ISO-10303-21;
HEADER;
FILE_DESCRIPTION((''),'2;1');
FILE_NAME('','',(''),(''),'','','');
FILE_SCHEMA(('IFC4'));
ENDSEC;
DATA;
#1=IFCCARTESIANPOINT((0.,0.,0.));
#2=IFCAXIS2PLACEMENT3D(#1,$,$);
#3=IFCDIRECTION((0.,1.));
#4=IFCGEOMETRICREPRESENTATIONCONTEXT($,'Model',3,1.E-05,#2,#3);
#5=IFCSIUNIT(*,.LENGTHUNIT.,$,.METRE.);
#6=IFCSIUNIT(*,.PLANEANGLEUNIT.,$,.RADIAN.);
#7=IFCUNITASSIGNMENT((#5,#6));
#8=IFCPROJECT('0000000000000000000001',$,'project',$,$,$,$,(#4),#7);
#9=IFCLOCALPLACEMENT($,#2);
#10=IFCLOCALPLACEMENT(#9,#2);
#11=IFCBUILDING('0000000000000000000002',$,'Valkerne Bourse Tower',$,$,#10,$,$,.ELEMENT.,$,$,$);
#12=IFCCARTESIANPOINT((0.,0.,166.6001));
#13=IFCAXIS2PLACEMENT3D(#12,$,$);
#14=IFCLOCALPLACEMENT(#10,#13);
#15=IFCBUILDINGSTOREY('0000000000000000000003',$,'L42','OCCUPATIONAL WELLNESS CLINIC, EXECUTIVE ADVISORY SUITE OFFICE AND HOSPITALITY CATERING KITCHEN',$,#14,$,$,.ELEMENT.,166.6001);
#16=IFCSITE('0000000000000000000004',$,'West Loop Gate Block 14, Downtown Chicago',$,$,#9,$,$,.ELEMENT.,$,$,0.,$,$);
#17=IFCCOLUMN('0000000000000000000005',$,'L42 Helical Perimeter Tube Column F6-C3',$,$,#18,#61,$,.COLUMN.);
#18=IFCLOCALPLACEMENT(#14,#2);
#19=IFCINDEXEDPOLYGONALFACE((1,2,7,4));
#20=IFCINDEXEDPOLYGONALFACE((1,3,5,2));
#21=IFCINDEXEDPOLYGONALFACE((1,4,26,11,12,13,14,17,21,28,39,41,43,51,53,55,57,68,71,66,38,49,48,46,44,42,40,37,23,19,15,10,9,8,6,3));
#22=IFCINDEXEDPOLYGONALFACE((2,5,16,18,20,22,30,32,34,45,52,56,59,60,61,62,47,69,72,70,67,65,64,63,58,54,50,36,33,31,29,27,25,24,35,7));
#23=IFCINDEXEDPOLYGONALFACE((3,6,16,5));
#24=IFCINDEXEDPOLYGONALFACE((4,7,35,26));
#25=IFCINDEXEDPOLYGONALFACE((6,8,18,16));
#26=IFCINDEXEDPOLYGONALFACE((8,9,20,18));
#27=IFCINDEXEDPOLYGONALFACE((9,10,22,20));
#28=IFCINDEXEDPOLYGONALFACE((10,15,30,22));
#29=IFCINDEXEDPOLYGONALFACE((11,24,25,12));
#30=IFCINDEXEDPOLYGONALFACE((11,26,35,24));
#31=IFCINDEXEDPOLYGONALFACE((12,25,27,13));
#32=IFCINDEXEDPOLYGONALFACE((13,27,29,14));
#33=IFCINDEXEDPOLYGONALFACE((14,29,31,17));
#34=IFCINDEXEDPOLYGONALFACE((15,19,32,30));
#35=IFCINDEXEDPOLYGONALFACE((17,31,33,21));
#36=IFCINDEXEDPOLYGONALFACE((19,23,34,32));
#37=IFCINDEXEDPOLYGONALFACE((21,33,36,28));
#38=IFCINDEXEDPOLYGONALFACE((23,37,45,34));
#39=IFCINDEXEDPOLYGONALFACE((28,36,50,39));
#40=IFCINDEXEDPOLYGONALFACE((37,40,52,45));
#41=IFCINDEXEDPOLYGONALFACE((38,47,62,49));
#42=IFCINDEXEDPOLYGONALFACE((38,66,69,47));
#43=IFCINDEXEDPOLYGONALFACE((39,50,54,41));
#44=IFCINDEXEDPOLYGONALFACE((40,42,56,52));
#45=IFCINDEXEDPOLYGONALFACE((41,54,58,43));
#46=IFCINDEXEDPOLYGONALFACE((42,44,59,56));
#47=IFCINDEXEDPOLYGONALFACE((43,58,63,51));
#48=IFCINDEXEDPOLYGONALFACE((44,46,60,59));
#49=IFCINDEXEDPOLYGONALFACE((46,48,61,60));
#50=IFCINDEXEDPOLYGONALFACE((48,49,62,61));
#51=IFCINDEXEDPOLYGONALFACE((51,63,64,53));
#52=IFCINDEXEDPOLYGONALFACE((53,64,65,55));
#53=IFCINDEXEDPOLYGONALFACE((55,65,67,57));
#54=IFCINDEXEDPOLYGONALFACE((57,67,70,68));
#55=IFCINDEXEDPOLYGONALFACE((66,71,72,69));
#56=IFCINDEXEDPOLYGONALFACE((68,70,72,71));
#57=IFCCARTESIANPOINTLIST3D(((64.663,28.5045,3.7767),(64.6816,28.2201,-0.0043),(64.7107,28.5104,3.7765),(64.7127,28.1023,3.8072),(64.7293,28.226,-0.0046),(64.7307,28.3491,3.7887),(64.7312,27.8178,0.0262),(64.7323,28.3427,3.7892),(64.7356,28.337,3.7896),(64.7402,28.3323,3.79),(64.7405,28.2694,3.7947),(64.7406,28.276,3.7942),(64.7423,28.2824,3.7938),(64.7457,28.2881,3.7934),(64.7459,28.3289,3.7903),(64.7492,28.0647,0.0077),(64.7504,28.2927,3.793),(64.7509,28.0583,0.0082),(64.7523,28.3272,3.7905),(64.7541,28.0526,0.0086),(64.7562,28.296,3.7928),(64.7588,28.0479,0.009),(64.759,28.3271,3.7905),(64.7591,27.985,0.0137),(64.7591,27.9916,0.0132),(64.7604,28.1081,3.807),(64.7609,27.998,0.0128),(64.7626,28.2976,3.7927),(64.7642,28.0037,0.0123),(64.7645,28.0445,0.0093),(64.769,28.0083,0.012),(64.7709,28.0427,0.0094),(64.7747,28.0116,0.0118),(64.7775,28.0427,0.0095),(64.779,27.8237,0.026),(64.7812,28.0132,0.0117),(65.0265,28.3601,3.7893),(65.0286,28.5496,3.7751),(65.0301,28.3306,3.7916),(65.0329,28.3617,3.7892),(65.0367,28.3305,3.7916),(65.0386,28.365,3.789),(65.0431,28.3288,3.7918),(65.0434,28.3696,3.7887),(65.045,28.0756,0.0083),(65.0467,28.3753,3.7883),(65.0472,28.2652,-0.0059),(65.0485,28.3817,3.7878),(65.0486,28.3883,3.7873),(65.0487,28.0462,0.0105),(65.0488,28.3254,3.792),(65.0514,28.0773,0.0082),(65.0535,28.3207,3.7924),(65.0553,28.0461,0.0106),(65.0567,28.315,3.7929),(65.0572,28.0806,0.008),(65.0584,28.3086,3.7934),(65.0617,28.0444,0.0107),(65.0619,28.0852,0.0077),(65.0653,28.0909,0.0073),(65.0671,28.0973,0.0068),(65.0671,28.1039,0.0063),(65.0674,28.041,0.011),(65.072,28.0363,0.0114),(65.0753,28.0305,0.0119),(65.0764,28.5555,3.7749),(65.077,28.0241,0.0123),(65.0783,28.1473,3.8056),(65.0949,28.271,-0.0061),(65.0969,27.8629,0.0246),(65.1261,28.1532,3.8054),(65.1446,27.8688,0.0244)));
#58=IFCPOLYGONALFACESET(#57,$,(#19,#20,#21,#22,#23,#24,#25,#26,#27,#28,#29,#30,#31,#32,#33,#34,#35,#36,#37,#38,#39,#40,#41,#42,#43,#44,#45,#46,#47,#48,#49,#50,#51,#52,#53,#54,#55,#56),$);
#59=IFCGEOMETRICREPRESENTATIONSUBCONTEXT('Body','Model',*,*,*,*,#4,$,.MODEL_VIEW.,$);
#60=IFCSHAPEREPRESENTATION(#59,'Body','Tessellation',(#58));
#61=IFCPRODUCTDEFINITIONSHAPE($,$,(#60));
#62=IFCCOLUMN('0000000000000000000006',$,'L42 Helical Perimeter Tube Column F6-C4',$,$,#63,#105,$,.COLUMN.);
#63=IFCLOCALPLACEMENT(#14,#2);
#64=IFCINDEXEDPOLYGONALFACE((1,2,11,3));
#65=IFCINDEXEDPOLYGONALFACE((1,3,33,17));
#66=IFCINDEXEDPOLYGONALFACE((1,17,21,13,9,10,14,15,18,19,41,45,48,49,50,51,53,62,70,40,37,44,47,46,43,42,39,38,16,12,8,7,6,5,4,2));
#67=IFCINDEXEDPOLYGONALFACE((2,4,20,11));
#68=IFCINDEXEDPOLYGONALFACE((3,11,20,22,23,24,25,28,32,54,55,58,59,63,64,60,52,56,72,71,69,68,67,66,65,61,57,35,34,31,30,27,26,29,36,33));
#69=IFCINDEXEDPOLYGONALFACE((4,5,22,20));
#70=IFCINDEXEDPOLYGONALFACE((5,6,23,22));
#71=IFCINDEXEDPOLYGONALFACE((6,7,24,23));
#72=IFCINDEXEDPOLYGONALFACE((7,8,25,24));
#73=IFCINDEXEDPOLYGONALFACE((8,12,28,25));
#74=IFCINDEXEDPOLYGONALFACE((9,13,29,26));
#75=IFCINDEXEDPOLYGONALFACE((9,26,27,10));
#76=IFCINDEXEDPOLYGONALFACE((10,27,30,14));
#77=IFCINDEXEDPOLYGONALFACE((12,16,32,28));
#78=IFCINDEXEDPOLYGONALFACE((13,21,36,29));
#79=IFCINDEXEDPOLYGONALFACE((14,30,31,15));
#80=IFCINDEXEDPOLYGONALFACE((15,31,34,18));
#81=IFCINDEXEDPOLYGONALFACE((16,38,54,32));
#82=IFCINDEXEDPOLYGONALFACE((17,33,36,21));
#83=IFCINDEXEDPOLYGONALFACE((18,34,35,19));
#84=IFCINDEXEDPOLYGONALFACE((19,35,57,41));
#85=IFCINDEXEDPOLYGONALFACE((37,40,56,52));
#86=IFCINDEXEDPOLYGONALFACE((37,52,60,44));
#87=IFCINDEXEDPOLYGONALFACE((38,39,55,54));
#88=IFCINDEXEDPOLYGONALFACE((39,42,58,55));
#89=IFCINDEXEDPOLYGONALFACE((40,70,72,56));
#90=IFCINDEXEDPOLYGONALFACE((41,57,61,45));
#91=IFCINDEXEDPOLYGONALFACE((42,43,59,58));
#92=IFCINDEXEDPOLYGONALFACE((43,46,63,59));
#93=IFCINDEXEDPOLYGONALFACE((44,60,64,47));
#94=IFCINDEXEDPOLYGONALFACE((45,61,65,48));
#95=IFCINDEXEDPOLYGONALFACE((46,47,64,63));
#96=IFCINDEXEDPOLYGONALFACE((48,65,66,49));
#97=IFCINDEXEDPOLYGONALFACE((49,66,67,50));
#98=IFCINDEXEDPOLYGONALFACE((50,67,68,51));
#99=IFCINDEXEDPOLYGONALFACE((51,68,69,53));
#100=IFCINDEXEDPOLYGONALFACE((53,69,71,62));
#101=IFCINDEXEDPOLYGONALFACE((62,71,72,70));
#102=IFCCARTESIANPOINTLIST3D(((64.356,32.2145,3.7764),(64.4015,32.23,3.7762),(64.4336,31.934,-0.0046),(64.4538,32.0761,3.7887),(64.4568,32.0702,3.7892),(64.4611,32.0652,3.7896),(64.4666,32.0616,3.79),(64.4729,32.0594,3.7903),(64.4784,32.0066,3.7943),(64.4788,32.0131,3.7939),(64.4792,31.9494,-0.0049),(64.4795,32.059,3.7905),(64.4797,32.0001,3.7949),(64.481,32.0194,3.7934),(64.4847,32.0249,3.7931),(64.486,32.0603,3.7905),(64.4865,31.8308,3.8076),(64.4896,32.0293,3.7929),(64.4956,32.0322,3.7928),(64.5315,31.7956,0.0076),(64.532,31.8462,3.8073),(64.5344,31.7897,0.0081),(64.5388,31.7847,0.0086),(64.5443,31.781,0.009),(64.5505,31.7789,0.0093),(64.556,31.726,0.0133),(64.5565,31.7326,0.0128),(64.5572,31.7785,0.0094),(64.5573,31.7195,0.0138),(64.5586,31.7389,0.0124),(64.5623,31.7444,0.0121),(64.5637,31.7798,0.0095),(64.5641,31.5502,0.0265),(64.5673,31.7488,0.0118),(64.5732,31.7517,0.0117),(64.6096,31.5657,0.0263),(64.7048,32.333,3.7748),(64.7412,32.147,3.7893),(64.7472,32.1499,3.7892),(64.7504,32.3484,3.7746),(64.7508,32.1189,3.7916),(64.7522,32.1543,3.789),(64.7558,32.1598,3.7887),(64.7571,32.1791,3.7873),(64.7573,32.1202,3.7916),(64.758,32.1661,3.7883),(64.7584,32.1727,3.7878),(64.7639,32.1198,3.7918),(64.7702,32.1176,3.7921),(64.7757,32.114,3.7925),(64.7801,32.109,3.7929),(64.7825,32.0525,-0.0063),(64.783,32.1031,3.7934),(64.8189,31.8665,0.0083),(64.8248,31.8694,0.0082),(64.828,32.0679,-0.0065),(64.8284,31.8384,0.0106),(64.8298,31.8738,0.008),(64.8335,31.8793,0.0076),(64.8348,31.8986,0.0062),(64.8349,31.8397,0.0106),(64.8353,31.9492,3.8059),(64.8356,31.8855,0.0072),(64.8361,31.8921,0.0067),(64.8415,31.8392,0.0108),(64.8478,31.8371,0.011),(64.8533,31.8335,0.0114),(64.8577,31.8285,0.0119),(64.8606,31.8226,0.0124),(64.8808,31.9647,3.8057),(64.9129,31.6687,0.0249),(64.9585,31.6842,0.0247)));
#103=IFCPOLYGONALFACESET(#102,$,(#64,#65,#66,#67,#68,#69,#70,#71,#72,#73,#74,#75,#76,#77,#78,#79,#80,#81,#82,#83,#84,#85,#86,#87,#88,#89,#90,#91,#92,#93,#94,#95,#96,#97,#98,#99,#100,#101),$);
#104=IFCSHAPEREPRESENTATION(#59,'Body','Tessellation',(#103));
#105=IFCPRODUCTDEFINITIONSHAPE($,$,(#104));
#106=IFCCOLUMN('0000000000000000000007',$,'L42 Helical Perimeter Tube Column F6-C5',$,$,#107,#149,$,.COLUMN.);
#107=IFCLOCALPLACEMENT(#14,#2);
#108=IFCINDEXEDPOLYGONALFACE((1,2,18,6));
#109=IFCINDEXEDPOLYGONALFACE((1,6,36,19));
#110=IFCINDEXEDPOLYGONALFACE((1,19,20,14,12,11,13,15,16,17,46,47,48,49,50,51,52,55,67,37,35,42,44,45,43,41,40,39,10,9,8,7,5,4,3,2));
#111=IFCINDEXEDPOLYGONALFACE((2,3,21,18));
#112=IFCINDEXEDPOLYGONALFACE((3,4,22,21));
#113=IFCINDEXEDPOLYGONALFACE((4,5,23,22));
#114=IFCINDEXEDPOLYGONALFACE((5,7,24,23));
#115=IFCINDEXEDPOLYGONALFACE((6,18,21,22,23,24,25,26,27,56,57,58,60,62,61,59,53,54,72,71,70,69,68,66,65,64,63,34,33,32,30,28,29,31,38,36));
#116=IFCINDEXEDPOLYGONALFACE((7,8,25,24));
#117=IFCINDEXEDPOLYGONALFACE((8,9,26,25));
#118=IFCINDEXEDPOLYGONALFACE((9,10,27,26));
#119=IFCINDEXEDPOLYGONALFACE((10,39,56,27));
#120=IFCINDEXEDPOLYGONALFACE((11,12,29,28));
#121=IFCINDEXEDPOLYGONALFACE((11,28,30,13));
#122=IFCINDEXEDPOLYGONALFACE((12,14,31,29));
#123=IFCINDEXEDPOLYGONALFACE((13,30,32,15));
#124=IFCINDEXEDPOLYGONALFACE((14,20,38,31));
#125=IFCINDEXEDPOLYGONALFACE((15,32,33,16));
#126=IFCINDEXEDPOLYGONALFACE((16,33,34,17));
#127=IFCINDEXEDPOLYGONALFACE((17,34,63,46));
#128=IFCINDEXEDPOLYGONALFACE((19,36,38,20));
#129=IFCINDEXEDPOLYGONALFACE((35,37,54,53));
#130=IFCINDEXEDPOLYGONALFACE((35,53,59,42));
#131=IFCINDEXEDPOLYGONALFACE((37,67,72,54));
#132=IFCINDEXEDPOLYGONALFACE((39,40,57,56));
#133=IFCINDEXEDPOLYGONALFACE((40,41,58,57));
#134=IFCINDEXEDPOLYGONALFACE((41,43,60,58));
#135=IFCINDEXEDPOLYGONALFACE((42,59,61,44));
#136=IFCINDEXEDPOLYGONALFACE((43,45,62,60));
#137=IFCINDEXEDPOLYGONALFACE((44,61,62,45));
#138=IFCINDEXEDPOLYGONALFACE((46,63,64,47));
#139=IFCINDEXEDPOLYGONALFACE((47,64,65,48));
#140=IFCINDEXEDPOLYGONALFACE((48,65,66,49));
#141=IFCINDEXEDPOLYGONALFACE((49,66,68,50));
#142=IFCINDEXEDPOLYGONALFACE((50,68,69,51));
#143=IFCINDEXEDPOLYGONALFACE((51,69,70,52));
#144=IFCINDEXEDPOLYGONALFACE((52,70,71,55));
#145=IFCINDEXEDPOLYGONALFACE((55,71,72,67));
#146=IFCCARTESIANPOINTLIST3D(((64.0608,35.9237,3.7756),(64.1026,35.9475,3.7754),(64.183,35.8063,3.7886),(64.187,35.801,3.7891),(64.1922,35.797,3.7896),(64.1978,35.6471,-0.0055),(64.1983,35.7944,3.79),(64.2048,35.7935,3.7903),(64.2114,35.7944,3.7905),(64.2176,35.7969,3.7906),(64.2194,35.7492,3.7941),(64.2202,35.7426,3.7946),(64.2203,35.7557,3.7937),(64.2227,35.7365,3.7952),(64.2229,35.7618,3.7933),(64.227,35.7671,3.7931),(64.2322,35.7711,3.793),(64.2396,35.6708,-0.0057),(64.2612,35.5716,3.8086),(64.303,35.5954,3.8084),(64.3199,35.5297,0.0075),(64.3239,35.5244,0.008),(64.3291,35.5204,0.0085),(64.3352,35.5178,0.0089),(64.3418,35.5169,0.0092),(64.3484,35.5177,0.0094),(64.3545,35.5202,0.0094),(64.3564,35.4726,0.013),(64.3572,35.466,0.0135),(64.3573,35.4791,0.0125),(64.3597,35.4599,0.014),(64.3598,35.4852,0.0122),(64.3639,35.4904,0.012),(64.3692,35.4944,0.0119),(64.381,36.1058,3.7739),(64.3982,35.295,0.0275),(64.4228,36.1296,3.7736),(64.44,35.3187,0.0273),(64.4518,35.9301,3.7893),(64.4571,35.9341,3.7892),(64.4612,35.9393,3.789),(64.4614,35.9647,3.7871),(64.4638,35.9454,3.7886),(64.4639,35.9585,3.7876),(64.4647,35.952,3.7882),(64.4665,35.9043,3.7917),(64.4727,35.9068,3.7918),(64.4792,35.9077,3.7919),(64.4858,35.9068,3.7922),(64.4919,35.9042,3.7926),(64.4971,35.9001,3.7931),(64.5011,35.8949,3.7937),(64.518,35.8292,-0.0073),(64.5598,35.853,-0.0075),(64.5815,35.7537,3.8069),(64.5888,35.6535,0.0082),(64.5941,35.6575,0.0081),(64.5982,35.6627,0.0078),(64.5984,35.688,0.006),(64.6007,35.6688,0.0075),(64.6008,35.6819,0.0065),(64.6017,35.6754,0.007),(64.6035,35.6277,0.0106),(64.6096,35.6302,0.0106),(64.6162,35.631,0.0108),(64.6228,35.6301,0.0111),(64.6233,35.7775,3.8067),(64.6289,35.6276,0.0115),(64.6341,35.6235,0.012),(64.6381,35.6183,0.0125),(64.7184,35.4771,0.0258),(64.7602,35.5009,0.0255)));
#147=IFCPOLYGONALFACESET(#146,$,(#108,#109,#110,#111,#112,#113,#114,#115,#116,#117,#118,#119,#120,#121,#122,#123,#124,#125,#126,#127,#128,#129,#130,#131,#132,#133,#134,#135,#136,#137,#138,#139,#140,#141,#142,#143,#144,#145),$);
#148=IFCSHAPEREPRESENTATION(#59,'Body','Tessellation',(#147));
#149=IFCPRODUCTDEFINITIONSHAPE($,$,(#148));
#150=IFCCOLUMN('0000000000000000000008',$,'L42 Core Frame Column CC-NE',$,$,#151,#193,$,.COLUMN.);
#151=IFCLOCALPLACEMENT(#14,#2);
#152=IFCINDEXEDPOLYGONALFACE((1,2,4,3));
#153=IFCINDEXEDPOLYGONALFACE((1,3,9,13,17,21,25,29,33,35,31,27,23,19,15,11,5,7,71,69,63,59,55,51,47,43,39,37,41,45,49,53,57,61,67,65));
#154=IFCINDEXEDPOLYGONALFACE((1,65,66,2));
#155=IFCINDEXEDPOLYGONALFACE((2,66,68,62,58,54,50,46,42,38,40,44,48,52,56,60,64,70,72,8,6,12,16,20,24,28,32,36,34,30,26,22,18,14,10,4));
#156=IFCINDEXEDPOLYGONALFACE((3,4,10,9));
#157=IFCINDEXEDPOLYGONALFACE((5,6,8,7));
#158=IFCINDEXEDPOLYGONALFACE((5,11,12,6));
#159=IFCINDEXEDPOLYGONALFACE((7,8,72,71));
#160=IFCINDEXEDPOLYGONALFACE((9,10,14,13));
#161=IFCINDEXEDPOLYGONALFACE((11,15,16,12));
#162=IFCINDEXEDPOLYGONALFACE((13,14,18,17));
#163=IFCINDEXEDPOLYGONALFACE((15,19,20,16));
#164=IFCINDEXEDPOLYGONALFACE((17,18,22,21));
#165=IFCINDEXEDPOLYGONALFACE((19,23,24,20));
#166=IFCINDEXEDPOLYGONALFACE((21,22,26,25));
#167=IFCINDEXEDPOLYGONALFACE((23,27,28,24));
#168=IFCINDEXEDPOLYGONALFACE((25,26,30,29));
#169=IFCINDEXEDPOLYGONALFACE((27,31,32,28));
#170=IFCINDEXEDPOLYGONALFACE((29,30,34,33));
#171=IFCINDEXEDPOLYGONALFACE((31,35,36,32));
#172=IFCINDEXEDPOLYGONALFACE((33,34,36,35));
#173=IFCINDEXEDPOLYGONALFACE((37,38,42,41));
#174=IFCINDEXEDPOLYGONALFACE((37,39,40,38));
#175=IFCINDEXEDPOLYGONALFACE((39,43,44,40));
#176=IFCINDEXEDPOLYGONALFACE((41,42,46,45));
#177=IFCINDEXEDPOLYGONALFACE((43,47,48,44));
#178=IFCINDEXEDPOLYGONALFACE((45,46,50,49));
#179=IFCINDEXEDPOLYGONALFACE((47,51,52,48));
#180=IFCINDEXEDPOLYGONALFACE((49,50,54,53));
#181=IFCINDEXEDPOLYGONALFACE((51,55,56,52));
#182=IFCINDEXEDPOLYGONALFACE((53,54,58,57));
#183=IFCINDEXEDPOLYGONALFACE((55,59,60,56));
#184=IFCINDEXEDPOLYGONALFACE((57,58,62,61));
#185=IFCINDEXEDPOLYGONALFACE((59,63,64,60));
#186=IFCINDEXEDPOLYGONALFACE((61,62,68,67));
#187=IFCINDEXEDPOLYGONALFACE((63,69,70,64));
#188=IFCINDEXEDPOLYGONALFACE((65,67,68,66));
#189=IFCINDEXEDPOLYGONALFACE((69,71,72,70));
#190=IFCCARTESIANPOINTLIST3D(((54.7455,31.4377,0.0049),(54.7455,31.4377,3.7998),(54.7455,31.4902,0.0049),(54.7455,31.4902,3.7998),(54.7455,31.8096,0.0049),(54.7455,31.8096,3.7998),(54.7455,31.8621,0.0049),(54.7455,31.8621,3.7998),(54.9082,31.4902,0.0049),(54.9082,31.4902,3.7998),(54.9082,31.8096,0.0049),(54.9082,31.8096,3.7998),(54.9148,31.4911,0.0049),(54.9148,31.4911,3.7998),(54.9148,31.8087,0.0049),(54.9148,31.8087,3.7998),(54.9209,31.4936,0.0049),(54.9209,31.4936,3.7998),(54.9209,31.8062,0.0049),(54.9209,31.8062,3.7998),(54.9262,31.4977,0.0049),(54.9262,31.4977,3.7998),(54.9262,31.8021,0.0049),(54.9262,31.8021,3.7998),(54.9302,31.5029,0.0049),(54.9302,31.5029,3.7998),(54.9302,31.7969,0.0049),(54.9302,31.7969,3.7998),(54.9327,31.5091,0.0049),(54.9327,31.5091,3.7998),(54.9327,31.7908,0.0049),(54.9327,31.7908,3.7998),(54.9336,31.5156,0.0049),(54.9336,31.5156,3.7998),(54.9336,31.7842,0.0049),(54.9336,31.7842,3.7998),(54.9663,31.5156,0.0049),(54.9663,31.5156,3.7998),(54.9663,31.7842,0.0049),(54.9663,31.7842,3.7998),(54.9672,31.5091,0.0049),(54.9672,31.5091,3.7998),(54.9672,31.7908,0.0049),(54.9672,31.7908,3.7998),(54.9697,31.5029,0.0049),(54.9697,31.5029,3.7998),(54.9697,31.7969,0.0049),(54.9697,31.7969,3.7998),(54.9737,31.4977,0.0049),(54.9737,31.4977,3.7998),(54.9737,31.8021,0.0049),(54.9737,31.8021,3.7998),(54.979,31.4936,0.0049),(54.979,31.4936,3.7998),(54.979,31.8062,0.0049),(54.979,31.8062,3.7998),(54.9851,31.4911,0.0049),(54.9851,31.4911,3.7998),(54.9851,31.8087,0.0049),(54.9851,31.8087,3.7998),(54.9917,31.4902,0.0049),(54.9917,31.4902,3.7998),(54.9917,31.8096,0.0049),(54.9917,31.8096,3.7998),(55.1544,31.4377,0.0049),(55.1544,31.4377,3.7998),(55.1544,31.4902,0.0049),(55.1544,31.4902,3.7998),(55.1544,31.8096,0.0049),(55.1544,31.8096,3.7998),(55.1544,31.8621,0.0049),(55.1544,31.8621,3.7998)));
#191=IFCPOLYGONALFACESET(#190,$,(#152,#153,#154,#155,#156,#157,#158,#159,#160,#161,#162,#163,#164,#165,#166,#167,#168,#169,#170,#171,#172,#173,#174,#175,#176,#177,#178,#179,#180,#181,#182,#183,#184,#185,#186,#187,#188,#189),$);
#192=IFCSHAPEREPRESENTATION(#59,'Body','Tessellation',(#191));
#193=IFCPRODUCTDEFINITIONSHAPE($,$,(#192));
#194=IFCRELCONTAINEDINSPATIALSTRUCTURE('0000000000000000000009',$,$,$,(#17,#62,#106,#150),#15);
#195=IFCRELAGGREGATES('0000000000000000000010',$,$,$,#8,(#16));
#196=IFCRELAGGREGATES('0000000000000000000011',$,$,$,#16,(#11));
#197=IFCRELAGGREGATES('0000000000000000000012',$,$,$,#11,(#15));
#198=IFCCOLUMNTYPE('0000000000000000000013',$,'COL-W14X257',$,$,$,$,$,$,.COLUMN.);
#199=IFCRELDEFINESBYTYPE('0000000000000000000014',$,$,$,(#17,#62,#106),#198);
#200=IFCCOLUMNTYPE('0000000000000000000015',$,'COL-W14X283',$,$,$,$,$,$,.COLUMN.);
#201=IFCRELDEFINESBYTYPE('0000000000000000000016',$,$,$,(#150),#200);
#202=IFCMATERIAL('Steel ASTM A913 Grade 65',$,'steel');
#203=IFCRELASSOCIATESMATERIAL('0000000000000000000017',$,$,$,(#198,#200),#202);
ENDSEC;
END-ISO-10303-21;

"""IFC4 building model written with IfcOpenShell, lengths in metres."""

from ifc_helpers import new_model, si_unit, direction, frame, origin, origin_2d, place, context, subcontext, project, spatial, i_section, extrude, material, material_profile, profile_set, type_object, element, save


model = new_model("IFC4")

# Units and contexts
model_context = context("Model", 3, precision=1e-05, world=origin(), true_north=direction((0.0, 1.0)))
body_context = subcontext(model_context, "Body", "Model", "MODEL_VIEW")
ifc_project = project(units=[si_unit("LENGTHUNIT", "METRE"), si_unit("PLANEANGLEUNIT", "RADIAN")], contexts=[model_context])

# Site, building, storey
site_placement = place(None, origin())
site = spatial("IfcSite", under=ifc_project, at=site_placement, Name="West Loop Gate Block 14, Downtown Chicago", CompositionType="ELEMENT", RefElevation=0.0)
building_placement = place(site_placement, origin())
building = spatial("IfcBuilding", under=site, at=building_placement, Name="Valkerne Bourse Tower", CompositionType="ELEMENT")
storey_placement = place(building_placement, frame((0.0, 0.0, 166.6001)))
storey = spatial("IfcBuildingStorey", under=building, at=storey_placement, Name="L42", Description="OCCUPATIONAL WELLNESS CLINIC, EXECUTIVE ADVISORY SUITE OFFICE AND HOSPITALITY CATERING KITCHEN", CompositionType="ELEMENT", Elevation=166.6001)

# Columns
ifc_material_1 = material(Name="Steel ASTM A913 Grade 65", Category="steel")
ifc_material_profile_1 = material_profile(ifc_material_1, i_section(OverallWidth=0.4065, OverallDepth=0.4165, WebThickness=0.0298, FlangeThickness=0.0481, FilletRadius=0.0254, at=origin_2d()), Name="W14X257")
ifc_profile_set_1 = profile_set([ifc_material_profile_1], Name="Steel ASTM A913 Grade 65")
column_type_1 = type_object("IfcColumnType", Name="COL-W14X257", PredefinedType="COLUMN", material=ifc_profile_set_1)
column_1_placement = place(storey_placement, frame((64.9131, 28.0444, 0.01), z_axis=(-0.004893, 0.075012, 0.997171), x_axis=(0.122248, -0.989658, 0.075046)))
element("IfcColumn", 1, at=column_1_placement, inside=storey, type_object=column_type_1, Name="L42 Helical Perimeter Tube Column F6-C3", PredefinedType="COLUMN", context=body_context, shape_type="SweptSolid", body=[
    extrude(i_section(OverallWidth=0.4065, OverallDepth=0.4165, WebThickness=0.0298, FlangeThickness=0.0481, FilletRadius=0.0254, at=origin_2d()), origin(), (0.0, 0.0, 1.0), 3.7917),
])
column_2_placement = place(storey_placement, frame((64.696, 31.8091, 0.01), z_axis=(-0.020473, 0.073972, 0.99705), x_axis=(0.320986, -0.943979, 0.076626)))
element("IfcColumn", 2, at=column_2_placement, inside=storey, type_object=column_type_1, Name="L42 Helical Perimeter Tube Column F6-C4", PredefinedType="COLUMN", context=body_context, shape_type="SweptSolid", body=[
    extrude(i_section(OverallWidth=0.4065, OverallDepth=0.4165, WebThickness=0.0298, FlangeThickness=0.0481, FilletRadius=0.0254, at=origin_2d()), origin(), (0.0, 0.0, 1.0), 3.7922),
])
column_3_placement = place(storey_placement, frame((64.479, 35.574, 0.01), z_axis=(-0.036104, 0.072916, 0.996684), x_axis=(0.493112, -0.866165, 0.081229)))
element("IfcColumn", 3, at=column_3_placement, inside=storey, type_object=column_type_1, Name="L42 Helical Perimeter Tube Column F6-C5", PredefinedType="COLUMN", context=body_context, shape_type="SweptSolid", body=[
    extrude(i_section(OverallWidth=0.4065, OverallDepth=0.4165, WebThickness=0.0298, FlangeThickness=0.0481, FilletRadius=0.0254, at=origin_2d()), origin(), (0.0, 0.0, 1.0), 3.7937),
])
ifc_material_profile_2 = material_profile(ifc_material_1, i_section(OverallWidth=0.4089, OverallDepth=0.4243, WebThickness=0.0327, FlangeThickness=0.0525, FilletRadius=0.0254, at=origin_2d()), Name="W14X283")
ifc_profile_set_2 = profile_set([ifc_material_profile_2], Name="Steel ASTM A913 Grade 65")
column_type_2 = type_object("IfcColumnType", Name="COL-W14X283", PredefinedType="COLUMN", material=ifc_profile_set_2)
column_4_placement = place(storey_placement, frame((54.95, 31.6499, 0.0049), z_axis=(0.0, 0.0, 1.0), x_axis=(1.0, 0.0, 0.0)))
element("IfcColumn", 4, at=column_4_placement, inside=storey, type_object=column_type_2, Name="L42 Core Frame Column CC-NE", PredefinedType="COLUMN", context=body_context, shape_type="SweptSolid", body=[
    extrude(i_section(OverallWidth=0.4089, OverallDepth=0.4243, WebThickness=0.0327, FlangeThickness=0.0525, FilletRadius=0.0254, at=origin_2d()), origin(), (0.0, 0.0, 1.0), 3.7949),
])

save(model, "model.ifc")
